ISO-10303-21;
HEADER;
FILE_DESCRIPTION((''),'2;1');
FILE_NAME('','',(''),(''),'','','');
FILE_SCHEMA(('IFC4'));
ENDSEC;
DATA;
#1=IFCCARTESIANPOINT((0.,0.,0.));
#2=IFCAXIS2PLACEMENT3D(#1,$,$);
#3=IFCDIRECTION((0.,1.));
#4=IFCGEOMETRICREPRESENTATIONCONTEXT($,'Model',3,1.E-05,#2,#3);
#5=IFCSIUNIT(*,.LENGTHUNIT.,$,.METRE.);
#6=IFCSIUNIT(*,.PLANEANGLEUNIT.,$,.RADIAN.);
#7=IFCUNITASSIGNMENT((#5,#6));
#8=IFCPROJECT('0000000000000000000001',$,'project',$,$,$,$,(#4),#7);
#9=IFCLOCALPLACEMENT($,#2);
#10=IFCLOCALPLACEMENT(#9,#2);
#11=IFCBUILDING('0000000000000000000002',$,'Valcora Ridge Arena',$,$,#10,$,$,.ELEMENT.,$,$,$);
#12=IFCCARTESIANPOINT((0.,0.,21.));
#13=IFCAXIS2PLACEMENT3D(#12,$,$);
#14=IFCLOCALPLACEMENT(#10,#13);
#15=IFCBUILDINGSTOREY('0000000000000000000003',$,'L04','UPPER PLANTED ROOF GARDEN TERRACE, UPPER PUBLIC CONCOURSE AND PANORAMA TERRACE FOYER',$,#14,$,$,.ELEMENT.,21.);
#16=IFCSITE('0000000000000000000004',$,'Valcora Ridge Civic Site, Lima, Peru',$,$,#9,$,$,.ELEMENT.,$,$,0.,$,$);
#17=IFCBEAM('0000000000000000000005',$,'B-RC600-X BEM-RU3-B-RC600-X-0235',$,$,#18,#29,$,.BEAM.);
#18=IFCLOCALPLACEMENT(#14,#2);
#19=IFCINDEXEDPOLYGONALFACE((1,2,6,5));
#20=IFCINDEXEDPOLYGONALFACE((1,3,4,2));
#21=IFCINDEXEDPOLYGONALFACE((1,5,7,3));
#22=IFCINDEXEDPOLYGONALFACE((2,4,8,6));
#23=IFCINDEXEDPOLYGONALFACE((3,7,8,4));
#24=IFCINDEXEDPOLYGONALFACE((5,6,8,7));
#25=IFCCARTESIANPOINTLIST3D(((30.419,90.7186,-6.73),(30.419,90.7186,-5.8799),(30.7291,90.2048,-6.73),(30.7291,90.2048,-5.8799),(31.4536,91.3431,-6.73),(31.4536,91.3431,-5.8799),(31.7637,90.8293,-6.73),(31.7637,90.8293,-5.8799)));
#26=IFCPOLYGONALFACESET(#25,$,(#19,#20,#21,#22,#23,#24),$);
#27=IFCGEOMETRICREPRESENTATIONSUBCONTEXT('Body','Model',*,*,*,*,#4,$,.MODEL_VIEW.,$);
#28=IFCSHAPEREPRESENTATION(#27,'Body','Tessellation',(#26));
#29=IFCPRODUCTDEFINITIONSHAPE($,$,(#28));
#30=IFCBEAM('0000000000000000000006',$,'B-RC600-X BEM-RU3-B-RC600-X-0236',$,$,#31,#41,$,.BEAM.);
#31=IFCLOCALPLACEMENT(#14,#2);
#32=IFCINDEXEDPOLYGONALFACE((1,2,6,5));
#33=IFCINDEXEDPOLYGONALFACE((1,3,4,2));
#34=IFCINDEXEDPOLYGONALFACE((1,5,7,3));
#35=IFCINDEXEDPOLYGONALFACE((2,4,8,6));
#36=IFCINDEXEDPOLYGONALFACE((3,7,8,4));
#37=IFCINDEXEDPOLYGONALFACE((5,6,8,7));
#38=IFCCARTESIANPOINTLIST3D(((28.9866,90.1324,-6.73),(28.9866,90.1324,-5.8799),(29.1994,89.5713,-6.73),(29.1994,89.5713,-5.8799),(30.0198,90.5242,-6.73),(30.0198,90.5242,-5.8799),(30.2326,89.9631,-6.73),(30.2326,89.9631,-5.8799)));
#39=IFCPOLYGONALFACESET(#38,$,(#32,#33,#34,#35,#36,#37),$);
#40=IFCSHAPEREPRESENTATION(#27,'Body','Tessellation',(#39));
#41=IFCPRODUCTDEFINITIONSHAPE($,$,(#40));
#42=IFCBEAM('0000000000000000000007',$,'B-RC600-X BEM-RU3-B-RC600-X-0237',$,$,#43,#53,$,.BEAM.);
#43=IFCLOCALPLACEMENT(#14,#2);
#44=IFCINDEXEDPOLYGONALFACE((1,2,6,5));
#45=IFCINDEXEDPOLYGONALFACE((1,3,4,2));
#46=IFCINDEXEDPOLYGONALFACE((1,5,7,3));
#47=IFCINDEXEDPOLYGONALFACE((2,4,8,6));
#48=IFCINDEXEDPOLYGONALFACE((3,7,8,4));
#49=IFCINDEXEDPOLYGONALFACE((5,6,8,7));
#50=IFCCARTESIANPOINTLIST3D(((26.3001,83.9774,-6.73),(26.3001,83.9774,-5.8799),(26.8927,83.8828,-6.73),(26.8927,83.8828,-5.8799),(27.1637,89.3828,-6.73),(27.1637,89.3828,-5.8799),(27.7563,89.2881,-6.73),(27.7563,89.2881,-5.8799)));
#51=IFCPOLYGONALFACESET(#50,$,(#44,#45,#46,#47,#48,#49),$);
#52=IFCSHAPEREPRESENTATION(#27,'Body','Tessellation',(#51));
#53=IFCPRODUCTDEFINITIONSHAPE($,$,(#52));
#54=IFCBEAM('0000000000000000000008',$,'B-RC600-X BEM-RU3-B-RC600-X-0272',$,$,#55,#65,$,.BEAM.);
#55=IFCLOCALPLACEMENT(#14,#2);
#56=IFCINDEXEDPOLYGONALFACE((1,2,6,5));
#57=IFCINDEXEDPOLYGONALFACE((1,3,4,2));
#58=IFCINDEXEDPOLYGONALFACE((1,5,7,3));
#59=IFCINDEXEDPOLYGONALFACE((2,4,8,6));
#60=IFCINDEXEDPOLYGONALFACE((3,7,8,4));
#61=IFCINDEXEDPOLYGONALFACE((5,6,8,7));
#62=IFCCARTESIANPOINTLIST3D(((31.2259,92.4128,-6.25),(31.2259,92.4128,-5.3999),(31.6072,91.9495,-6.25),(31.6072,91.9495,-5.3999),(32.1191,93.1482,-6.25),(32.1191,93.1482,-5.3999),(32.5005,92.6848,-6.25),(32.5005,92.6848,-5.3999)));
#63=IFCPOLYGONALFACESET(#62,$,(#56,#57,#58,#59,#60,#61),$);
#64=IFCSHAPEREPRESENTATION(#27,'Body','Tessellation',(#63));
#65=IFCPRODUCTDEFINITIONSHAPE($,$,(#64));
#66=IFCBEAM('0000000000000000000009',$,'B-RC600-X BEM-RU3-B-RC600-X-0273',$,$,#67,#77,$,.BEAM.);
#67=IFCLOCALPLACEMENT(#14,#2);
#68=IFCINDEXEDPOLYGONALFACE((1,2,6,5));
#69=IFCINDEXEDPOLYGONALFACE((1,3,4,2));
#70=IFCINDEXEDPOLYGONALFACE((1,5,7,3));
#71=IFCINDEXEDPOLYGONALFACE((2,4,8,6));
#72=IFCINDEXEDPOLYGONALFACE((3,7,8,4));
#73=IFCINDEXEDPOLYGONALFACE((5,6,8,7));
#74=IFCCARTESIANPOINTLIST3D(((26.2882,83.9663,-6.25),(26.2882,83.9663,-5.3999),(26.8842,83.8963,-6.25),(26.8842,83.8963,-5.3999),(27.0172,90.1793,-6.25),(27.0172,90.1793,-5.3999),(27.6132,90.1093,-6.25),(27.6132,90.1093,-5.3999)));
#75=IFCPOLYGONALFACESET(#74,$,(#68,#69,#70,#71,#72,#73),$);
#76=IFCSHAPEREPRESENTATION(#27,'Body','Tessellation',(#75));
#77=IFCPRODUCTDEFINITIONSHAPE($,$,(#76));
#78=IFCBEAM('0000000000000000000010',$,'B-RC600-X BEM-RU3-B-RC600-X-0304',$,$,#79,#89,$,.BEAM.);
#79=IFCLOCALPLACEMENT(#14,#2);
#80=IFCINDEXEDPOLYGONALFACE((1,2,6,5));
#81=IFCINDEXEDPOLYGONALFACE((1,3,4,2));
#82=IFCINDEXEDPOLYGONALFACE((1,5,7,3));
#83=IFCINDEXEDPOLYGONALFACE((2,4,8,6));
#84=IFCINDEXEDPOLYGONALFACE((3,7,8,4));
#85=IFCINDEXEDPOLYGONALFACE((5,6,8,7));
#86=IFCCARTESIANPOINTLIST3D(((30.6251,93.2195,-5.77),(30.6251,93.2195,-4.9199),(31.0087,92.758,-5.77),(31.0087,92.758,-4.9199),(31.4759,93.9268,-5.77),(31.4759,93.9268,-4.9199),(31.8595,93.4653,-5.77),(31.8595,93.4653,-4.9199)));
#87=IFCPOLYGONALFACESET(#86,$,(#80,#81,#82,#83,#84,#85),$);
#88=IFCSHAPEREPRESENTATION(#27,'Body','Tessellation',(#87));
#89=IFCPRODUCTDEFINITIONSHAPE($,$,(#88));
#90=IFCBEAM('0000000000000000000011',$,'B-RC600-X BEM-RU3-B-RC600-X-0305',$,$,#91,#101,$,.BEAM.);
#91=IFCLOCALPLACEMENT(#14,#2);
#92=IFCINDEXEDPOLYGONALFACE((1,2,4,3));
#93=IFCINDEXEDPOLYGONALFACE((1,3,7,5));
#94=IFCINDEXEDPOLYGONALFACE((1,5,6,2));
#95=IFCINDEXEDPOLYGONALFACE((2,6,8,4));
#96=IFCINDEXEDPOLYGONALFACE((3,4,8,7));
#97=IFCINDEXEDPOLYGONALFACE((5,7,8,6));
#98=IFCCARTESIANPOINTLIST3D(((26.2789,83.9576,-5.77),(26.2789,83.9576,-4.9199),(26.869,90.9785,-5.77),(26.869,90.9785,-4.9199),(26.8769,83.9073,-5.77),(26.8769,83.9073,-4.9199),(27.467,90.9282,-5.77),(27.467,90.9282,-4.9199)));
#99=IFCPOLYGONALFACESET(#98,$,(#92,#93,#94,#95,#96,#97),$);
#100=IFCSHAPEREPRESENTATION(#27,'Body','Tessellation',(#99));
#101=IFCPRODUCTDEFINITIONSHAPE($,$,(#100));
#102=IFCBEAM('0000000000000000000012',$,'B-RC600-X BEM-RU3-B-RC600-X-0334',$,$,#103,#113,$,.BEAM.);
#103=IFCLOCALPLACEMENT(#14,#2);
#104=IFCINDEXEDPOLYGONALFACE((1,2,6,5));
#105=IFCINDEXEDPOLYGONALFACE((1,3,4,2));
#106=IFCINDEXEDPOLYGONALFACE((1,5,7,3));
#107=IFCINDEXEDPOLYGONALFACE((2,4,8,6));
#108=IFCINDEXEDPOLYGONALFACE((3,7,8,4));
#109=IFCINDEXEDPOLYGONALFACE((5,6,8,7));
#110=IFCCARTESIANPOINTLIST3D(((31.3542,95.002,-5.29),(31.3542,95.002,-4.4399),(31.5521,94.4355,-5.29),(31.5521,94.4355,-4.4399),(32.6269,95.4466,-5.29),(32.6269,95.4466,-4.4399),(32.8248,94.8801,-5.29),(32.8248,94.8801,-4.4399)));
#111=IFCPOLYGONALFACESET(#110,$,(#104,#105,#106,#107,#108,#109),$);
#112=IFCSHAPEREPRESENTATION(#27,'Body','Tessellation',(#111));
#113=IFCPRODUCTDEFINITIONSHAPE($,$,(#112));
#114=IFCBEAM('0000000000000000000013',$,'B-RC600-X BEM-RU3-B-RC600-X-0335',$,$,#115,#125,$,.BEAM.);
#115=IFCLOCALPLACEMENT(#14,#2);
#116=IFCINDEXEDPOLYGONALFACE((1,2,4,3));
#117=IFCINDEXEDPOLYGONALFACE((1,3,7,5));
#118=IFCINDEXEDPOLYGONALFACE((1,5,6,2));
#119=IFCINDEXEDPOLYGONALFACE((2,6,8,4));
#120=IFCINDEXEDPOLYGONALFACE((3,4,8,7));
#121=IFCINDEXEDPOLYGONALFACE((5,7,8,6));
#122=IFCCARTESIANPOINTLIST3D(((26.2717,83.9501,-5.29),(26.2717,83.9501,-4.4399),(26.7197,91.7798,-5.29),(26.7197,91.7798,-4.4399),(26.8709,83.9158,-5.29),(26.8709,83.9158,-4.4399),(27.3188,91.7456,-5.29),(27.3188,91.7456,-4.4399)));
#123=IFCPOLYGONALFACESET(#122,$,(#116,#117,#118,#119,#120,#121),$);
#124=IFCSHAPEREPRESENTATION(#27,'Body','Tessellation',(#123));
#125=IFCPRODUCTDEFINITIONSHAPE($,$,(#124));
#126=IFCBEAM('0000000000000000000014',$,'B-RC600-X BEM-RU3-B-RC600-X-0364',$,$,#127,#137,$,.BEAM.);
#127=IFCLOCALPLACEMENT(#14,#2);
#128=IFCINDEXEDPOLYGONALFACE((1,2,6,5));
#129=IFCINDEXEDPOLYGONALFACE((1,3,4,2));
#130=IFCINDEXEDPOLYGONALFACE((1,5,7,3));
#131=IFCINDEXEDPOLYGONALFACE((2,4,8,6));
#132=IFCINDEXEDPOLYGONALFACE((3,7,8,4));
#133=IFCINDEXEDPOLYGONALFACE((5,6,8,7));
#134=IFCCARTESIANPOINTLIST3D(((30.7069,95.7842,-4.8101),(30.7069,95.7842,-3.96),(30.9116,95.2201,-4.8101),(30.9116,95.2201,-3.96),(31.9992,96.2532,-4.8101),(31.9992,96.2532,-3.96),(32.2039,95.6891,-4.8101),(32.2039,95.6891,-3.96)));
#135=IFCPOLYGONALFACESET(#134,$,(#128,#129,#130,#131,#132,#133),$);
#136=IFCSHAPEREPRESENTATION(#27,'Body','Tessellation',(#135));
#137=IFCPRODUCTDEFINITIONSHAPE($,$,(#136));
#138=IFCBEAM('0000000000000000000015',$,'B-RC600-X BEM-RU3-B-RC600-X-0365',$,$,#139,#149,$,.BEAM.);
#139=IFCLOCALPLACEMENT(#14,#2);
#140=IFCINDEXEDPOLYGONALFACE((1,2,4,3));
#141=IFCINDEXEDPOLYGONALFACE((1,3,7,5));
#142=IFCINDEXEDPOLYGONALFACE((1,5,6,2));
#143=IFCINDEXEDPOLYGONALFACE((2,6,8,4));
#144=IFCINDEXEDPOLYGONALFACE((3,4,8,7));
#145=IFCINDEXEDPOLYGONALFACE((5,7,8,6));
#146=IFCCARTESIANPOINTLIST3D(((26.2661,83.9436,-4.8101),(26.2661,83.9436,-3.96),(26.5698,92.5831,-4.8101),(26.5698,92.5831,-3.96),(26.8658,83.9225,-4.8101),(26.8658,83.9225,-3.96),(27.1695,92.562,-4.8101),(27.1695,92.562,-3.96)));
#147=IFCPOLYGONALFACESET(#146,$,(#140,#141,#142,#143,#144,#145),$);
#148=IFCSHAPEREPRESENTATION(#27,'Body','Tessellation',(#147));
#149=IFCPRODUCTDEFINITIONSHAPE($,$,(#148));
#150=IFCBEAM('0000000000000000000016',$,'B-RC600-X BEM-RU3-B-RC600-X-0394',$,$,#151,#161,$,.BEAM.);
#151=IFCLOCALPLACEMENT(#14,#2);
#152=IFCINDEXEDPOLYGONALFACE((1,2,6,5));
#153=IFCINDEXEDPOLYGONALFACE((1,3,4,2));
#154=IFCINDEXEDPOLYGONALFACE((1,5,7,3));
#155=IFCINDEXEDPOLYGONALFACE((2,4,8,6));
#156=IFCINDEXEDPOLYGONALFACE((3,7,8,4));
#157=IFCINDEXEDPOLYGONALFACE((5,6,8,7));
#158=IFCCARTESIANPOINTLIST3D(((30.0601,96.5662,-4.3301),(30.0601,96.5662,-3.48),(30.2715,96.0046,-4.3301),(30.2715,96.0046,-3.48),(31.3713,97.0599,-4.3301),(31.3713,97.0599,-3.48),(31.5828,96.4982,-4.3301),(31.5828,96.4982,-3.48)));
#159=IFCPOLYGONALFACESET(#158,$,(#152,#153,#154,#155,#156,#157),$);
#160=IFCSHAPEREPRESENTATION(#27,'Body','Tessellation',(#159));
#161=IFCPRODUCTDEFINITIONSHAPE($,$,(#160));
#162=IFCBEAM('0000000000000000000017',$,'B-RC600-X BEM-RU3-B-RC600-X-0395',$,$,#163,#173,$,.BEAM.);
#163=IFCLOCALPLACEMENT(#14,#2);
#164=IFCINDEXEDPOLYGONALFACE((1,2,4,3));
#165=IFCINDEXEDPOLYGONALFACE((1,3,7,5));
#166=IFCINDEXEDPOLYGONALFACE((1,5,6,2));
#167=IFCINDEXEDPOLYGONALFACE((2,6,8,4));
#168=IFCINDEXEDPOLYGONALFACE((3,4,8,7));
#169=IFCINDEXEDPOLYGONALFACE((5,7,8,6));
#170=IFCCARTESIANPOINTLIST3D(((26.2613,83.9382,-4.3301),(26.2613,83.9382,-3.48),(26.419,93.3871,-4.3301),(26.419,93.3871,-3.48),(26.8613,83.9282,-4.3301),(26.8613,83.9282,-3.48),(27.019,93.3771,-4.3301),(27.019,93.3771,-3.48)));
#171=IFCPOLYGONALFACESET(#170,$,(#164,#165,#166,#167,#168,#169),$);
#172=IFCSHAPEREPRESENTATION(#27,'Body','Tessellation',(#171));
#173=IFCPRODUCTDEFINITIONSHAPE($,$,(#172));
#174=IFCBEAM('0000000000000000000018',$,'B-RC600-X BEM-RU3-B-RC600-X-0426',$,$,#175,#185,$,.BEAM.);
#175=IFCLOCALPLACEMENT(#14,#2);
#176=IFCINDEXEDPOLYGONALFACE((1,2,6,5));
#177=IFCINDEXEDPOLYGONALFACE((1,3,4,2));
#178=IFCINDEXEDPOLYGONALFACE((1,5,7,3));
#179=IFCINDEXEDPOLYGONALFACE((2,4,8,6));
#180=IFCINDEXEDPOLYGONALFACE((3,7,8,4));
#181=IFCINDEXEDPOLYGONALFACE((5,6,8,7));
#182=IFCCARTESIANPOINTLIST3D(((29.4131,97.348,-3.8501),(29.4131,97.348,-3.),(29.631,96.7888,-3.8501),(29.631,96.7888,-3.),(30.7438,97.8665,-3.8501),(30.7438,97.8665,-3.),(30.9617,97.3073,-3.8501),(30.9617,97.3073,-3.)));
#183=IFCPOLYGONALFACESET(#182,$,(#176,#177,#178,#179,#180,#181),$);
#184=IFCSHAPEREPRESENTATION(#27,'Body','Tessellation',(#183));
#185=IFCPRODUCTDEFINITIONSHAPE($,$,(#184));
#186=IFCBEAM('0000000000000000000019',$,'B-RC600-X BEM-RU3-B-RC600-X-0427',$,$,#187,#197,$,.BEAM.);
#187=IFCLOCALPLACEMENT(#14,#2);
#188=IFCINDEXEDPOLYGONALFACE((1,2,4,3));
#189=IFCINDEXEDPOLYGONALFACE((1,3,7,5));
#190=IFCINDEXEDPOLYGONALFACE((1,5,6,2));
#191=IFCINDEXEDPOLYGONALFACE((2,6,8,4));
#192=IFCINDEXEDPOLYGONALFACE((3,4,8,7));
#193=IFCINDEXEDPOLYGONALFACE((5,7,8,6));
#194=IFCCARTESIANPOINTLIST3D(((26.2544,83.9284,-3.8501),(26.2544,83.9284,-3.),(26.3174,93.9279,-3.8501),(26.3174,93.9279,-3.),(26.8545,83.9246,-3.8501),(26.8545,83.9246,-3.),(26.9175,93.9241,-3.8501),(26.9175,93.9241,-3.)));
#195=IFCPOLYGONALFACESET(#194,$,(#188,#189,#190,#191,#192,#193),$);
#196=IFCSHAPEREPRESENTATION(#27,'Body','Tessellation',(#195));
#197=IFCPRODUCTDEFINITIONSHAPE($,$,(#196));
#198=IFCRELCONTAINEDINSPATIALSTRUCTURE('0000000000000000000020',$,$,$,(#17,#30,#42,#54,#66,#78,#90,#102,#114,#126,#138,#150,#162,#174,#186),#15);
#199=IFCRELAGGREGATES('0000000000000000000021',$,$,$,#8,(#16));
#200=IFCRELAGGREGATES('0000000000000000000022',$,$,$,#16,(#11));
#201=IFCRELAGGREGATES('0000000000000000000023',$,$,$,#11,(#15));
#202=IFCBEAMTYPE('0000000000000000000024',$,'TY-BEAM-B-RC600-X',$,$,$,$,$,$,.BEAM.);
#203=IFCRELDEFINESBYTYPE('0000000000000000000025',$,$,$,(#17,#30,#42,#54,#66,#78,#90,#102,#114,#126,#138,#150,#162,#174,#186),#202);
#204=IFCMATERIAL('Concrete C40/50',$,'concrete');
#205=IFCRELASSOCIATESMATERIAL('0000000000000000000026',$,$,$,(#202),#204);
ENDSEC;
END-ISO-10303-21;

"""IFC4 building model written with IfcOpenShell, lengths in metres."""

from ifc_helpers import new_model, si_unit, direction, frame, origin, origin_2d, place, context, subcontext, project, spatial, rectangle, extrude, material, material_profile, profile_set, type_object, element, save


model = new_model("IFC4")

# Units and contexts
model_context = context("Model", 3, precision=1e-05, world=origin(), true_north=direction((0.0, 1.0)))
body_context = subcontext(model_context, "Body", "Model", "MODEL_VIEW")
ifc_project = project(units=[si_unit("LENGTHUNIT", "METRE"), si_unit("PLANEANGLEUNIT", "RADIAN")], contexts=[model_context])

# Site, building, storey
site_placement = place(None, origin())
site = spatial("IfcSite", under=ifc_project, at=site_placement, Name="Valcora Ridge Civic Site, Lima, Peru", CompositionType="ELEMENT", RefElevation=0.0)
building_placement = place(site_placement, origin())
building = spatial("IfcBuilding", under=site, at=building_placement, Name="Valcora Ridge Arena", CompositionType="ELEMENT")
storey_placement = place(building_placement, frame((0.0, 0.0, 21.0)))
storey = spatial("IfcBuildingStorey", under=building, at=storey_placement, Name="L04", Description="UPPER PLANTED ROOF GARDEN TERRACE, UPPER PUBLIC CONCOURSE AND PANORAMA TERRACE FOYER", CompositionType="ELEMENT", Elevation=21.0)

# Shared definitions
ifc_material_1 = material(Name="Concrete C40/50", Category="concrete")

# Beams
ifc_material_profile_1 = material_profile(ifc_material_1, rectangle(XDim=0.6001, YDim=0.8501, at=origin_2d()), Name="RC 600x850")
ifc_profile_set_1 = profile_set([ifc_material_profile_1], Name="Concrete C40/50")
beam_type_1 = type_object("IfcBeamType", Name="TY-BEAM-B-RC600-X", PredefinedType="BEAM", material=ifc_profile_set_1)
beam_1_placement = place(storey_placement, frame((31.6086, 91.0862, -6.3049), z_axis=(-0.856135, -0.516752, 0.0), x_axis=(0.516752, -0.856135, 0.0)))
element("IfcBeam", 1, at=beam_1_placement, inside=storey, type_object=beam_type_1, Name="B-RC600-X BEM-RU3-B-RC600-X-0235", PredefinedType="BEAM", context=body_context, shape_type="SweptSolid", body=[
    extrude(rectangle(XDim=0.6001, YDim=0.8501, at=origin_2d()), origin(), (0.0, 0.0, 1.0), 1.2085),
])
beam_2_placement = place(storey_placement, frame((30.1262, 90.2437, -6.3049), z_axis=(-0.935015, -0.354608, 0.0), x_axis=(0.354608, -0.935015, 0.0)))
element("IfcBeam", 2, at=beam_2_placement, inside=storey, type_object=beam_type_1, Name="B-RC600-X BEM-RU3-B-RC600-X-0236", PredefinedType="BEAM", context=body_context, shape_type="SweptSolid", body=[
    extrude(rectangle(XDim=0.6001, YDim=0.8501, at=origin_2d()), origin(), (0.0, 0.0, 1.0), 1.105),
])
beam_3_placement = place(storey_placement, frame((27.46, 89.3354, -6.3049), z_axis=(-0.157756, -0.987478, 0.0), x_axis=(0.987478, -0.157756, 0.0)))
element("IfcBeam", 3, at=beam_3_placement, inside=storey, type_object=beam_type_1, Name="B-RC600-X BEM-RU3-B-RC600-X-0237", PredefinedType="BEAM", context=body_context, shape_type="SweptSolid", body=[
    extrude(rectangle(XDim=0.6001, YDim=0.8501, at=origin_2d()), origin(), (0.0, 0.0, 1.0), 5.4739),
])
beam_4_placement = place(storey_placement, frame((32.3098, 92.9165, -5.825), z_axis=(-0.772064, -0.635545, 0.0), x_axis=(0.635545, -0.772064, 0.0)))
element("IfcBeam", 4, at=beam_4_placement, inside=storey, type_object=beam_type_1, Name="B-RC600-X BEM-RU3-B-RC600-X-0272", PredefinedType="BEAM", context=body_context, shape_type="SweptSolid", body=[
    extrude(rectangle(XDim=0.6001, YDim=0.8501, at=origin_2d()), origin(), (0.0, 0.0, 1.0), 1.157),
])
beam_5_placement = place(storey_placement, frame((27.3152, 90.1443, -5.825), z_axis=(-0.116538, -0.993186, 0.0), x_axis=(0.993186, -0.116538, 0.0)))
element("IfcBeam", 5, at=beam_5_placement, inside=storey, type_object=beam_type_1, Name="B-RC600-X BEM-RU3-B-RC600-X-0273", PredefinedType="BEAM", context=body_context, shape_type="SweptSolid", body=[
    extrude(rectangle(XDim=0.6001, YDim=0.8501, at=origin_2d()), origin(), (0.0, 0.0, 1.0), 6.2556),
])
beam_6_placement = place(storey_placement, frame((31.6677, 93.696, -5.345), z_axis=(-0.768998, -0.639251, 0.0), x_axis=(0.639251, -0.768998, 0.0)))
element("IfcBeam", 6, at=beam_6_placement, inside=storey, type_object=beam_type_1, Name="B-RC600-X BEM-RU3-B-RC600-X-0304", PredefinedType="BEAM", context=body_context, shape_type="SweptSolid", body=[
    extrude(rectangle(XDim=0.6001, YDim=0.8501, at=origin_2d()), origin(), (0.0, 0.0, 1.0), 1.1064),
])
beam_7_placement = place(storey_placement, frame((27.168, 90.9534, -5.345), z_axis=(-0.083751, -0.996487, 0.0), x_axis=(0.996487, -0.083751, 0.0)))
element("IfcBeam", 7, at=beam_7_placement, inside=storey, type_object=beam_type_1, Name="B-RC600-X BEM-RU3-B-RC600-X-0305", PredefinedType="BEAM", context=body_context, shape_type="SweptSolid", body=[
    extrude(rectangle(XDim=0.6001, YDim=0.8501, at=origin_2d()), origin(), (0.0, 0.0, 1.0), 7.0457),
])
beam_8_placement = place(storey_placement, frame((32.7258, 95.1633, -4.865), z_axis=(-0.944059, -0.329778, 0.0), x_axis=(0.329778, -0.944059, 0.0)))
element("IfcBeam", 8, at=beam_8_placement, inside=storey, type_object=beam_type_1, Name="B-RC600-X BEM-RU3-B-RC600-X-0334", PredefinedType="BEAM", context=body_context, shape_type="SweptSolid", body=[
    extrude(rectangle(XDim=0.6001, YDim=0.8501, at=origin_2d()), origin(), (0.0, 0.0, 1.0), 1.3481),
])
beam_9_placement = place(storey_placement, frame((27.0193, 91.7627, -4.865), z_axis=(-0.057123, -0.998367, 0.0), x_axis=(0.998367, -0.057123, 0.0)))
element("IfcBeam", 9, at=beam_9_placement, inside=storey, type_object=beam_type_1, Name="B-RC600-X BEM-RU3-B-RC600-X-0335", PredefinedType="BEAM", context=body_context, shape_type="SweptSolid", body=[
    extrude(rectangle(XDim=0.6001, YDim=0.8501, at=origin_2d()), origin(), (0.0, 0.0, 1.0), 7.8425),
])
beam_10_placement = place(storey_placement, frame((32.1016, 95.9712, -4.385), z_axis=(-0.940006, -0.341158, 0.0), x_axis=(0.341158, -0.940006, 0.0)))
element("IfcBeam", 10, at=beam_10_placement, inside=storey, type_object=beam_type_1, Name="B-RC600-X BEM-RU3-B-RC600-X-0364", PredefinedType="BEAM", context=body_context, shape_type="SweptSolid", body=[
    extrude(rectangle(XDim=0.6001, YDim=0.8501, at=origin_2d()), origin(), (0.0, 0.0, 1.0), 1.3748),
])
beam_11_placement = place(storey_placement, frame((26.8696, 92.5725, -4.385), z_axis=(-0.035132, -0.999383, 0.0), x_axis=(0.999383, -0.035132, 0.0)))
element("IfcBeam", 11, at=beam_11_placement, inside=storey, type_object=beam_type_1, Name="B-RC600-X BEM-RU3-B-RC600-X-0365", PredefinedType="BEAM", context=body_context, shape_type="SweptSolid", body=[
    extrude(rectangle(XDim=0.6001, YDim=0.8501, at=origin_2d()), origin(), (0.0, 0.0, 1.0), 8.6448),
])
beam_12_placement = place(storey_placement, frame((31.4771, 96.7791, -3.905), z_axis=(-0.935877, -0.352326, 0.0), x_axis=(0.352326, -0.935877, 0.0)))
element("IfcBeam", 12, at=beam_12_placement, inside=storey, type_object=beam_type_1, Name="B-RC600-X BEM-RU3-B-RC600-X-0394", PredefinedType="BEAM", context=body_context, shape_type="SweptSolid", body=[
    extrude(rectangle(XDim=0.6001, YDim=0.8501, at=origin_2d()), origin(), (0.0, 0.0, 1.0), 1.4011),
])
beam_13_placement = place(storey_placement, frame((26.719, 93.3821, -3.905), z_axis=(-0.016689, -0.999861, 0.0), x_axis=(0.999861, -0.016689, 0.0)))
element("IfcBeam", 13, at=beam_13_placement, inside=storey, type_object=beam_type_1, Name="B-RC600-X BEM-RU3-B-RC600-X-0395", PredefinedType="BEAM", context=body_context, shape_type="SweptSolid", body=[
    extrude(rectangle(XDim=0.6001, YDim=0.8501, at=origin_2d()), origin(), (0.0, 0.0, 1.0), 9.4502),
])
beam_14_placement = place(storey_placement, frame((30.8528, 97.5869, -3.425), z_axis=(-0.931764, -0.363065, 0.0), x_axis=(0.363065, -0.931764, 0.0)))
element("IfcBeam", 14, at=beam_14_placement, inside=storey, type_object=beam_type_1, Name="B-RC600-X BEM-RU3-B-RC600-X-0426", PredefinedType="BEAM", context=body_context, shape_type="SweptSolid", body=[
    extrude(rectangle(XDim=0.6001, YDim=0.8501, at=origin_2d()), origin(), (0.0, 0.0, 1.0), 1.4282),
])
beam_15_placement = place(storey_placement, frame((26.6174, 93.926, -3.425), z_axis=(-0.006299, -0.99998, 0.0), x_axis=(0.99998, -0.006299, 0.0)))
element("IfcBeam", 15, at=beam_15_placement, inside=storey, type_object=beam_type_1, Name="B-RC600-X BEM-RU3-B-RC600-X-0427", PredefinedType="BEAM", context=body_context, shape_type="SweptSolid", body=[
    extrude(rectangle(XDim=0.6001, YDim=0.8501, at=origin_2d()), origin(), (0.0, 0.0, 1.0), 9.9998),
])

save(model, "model.ifc")
